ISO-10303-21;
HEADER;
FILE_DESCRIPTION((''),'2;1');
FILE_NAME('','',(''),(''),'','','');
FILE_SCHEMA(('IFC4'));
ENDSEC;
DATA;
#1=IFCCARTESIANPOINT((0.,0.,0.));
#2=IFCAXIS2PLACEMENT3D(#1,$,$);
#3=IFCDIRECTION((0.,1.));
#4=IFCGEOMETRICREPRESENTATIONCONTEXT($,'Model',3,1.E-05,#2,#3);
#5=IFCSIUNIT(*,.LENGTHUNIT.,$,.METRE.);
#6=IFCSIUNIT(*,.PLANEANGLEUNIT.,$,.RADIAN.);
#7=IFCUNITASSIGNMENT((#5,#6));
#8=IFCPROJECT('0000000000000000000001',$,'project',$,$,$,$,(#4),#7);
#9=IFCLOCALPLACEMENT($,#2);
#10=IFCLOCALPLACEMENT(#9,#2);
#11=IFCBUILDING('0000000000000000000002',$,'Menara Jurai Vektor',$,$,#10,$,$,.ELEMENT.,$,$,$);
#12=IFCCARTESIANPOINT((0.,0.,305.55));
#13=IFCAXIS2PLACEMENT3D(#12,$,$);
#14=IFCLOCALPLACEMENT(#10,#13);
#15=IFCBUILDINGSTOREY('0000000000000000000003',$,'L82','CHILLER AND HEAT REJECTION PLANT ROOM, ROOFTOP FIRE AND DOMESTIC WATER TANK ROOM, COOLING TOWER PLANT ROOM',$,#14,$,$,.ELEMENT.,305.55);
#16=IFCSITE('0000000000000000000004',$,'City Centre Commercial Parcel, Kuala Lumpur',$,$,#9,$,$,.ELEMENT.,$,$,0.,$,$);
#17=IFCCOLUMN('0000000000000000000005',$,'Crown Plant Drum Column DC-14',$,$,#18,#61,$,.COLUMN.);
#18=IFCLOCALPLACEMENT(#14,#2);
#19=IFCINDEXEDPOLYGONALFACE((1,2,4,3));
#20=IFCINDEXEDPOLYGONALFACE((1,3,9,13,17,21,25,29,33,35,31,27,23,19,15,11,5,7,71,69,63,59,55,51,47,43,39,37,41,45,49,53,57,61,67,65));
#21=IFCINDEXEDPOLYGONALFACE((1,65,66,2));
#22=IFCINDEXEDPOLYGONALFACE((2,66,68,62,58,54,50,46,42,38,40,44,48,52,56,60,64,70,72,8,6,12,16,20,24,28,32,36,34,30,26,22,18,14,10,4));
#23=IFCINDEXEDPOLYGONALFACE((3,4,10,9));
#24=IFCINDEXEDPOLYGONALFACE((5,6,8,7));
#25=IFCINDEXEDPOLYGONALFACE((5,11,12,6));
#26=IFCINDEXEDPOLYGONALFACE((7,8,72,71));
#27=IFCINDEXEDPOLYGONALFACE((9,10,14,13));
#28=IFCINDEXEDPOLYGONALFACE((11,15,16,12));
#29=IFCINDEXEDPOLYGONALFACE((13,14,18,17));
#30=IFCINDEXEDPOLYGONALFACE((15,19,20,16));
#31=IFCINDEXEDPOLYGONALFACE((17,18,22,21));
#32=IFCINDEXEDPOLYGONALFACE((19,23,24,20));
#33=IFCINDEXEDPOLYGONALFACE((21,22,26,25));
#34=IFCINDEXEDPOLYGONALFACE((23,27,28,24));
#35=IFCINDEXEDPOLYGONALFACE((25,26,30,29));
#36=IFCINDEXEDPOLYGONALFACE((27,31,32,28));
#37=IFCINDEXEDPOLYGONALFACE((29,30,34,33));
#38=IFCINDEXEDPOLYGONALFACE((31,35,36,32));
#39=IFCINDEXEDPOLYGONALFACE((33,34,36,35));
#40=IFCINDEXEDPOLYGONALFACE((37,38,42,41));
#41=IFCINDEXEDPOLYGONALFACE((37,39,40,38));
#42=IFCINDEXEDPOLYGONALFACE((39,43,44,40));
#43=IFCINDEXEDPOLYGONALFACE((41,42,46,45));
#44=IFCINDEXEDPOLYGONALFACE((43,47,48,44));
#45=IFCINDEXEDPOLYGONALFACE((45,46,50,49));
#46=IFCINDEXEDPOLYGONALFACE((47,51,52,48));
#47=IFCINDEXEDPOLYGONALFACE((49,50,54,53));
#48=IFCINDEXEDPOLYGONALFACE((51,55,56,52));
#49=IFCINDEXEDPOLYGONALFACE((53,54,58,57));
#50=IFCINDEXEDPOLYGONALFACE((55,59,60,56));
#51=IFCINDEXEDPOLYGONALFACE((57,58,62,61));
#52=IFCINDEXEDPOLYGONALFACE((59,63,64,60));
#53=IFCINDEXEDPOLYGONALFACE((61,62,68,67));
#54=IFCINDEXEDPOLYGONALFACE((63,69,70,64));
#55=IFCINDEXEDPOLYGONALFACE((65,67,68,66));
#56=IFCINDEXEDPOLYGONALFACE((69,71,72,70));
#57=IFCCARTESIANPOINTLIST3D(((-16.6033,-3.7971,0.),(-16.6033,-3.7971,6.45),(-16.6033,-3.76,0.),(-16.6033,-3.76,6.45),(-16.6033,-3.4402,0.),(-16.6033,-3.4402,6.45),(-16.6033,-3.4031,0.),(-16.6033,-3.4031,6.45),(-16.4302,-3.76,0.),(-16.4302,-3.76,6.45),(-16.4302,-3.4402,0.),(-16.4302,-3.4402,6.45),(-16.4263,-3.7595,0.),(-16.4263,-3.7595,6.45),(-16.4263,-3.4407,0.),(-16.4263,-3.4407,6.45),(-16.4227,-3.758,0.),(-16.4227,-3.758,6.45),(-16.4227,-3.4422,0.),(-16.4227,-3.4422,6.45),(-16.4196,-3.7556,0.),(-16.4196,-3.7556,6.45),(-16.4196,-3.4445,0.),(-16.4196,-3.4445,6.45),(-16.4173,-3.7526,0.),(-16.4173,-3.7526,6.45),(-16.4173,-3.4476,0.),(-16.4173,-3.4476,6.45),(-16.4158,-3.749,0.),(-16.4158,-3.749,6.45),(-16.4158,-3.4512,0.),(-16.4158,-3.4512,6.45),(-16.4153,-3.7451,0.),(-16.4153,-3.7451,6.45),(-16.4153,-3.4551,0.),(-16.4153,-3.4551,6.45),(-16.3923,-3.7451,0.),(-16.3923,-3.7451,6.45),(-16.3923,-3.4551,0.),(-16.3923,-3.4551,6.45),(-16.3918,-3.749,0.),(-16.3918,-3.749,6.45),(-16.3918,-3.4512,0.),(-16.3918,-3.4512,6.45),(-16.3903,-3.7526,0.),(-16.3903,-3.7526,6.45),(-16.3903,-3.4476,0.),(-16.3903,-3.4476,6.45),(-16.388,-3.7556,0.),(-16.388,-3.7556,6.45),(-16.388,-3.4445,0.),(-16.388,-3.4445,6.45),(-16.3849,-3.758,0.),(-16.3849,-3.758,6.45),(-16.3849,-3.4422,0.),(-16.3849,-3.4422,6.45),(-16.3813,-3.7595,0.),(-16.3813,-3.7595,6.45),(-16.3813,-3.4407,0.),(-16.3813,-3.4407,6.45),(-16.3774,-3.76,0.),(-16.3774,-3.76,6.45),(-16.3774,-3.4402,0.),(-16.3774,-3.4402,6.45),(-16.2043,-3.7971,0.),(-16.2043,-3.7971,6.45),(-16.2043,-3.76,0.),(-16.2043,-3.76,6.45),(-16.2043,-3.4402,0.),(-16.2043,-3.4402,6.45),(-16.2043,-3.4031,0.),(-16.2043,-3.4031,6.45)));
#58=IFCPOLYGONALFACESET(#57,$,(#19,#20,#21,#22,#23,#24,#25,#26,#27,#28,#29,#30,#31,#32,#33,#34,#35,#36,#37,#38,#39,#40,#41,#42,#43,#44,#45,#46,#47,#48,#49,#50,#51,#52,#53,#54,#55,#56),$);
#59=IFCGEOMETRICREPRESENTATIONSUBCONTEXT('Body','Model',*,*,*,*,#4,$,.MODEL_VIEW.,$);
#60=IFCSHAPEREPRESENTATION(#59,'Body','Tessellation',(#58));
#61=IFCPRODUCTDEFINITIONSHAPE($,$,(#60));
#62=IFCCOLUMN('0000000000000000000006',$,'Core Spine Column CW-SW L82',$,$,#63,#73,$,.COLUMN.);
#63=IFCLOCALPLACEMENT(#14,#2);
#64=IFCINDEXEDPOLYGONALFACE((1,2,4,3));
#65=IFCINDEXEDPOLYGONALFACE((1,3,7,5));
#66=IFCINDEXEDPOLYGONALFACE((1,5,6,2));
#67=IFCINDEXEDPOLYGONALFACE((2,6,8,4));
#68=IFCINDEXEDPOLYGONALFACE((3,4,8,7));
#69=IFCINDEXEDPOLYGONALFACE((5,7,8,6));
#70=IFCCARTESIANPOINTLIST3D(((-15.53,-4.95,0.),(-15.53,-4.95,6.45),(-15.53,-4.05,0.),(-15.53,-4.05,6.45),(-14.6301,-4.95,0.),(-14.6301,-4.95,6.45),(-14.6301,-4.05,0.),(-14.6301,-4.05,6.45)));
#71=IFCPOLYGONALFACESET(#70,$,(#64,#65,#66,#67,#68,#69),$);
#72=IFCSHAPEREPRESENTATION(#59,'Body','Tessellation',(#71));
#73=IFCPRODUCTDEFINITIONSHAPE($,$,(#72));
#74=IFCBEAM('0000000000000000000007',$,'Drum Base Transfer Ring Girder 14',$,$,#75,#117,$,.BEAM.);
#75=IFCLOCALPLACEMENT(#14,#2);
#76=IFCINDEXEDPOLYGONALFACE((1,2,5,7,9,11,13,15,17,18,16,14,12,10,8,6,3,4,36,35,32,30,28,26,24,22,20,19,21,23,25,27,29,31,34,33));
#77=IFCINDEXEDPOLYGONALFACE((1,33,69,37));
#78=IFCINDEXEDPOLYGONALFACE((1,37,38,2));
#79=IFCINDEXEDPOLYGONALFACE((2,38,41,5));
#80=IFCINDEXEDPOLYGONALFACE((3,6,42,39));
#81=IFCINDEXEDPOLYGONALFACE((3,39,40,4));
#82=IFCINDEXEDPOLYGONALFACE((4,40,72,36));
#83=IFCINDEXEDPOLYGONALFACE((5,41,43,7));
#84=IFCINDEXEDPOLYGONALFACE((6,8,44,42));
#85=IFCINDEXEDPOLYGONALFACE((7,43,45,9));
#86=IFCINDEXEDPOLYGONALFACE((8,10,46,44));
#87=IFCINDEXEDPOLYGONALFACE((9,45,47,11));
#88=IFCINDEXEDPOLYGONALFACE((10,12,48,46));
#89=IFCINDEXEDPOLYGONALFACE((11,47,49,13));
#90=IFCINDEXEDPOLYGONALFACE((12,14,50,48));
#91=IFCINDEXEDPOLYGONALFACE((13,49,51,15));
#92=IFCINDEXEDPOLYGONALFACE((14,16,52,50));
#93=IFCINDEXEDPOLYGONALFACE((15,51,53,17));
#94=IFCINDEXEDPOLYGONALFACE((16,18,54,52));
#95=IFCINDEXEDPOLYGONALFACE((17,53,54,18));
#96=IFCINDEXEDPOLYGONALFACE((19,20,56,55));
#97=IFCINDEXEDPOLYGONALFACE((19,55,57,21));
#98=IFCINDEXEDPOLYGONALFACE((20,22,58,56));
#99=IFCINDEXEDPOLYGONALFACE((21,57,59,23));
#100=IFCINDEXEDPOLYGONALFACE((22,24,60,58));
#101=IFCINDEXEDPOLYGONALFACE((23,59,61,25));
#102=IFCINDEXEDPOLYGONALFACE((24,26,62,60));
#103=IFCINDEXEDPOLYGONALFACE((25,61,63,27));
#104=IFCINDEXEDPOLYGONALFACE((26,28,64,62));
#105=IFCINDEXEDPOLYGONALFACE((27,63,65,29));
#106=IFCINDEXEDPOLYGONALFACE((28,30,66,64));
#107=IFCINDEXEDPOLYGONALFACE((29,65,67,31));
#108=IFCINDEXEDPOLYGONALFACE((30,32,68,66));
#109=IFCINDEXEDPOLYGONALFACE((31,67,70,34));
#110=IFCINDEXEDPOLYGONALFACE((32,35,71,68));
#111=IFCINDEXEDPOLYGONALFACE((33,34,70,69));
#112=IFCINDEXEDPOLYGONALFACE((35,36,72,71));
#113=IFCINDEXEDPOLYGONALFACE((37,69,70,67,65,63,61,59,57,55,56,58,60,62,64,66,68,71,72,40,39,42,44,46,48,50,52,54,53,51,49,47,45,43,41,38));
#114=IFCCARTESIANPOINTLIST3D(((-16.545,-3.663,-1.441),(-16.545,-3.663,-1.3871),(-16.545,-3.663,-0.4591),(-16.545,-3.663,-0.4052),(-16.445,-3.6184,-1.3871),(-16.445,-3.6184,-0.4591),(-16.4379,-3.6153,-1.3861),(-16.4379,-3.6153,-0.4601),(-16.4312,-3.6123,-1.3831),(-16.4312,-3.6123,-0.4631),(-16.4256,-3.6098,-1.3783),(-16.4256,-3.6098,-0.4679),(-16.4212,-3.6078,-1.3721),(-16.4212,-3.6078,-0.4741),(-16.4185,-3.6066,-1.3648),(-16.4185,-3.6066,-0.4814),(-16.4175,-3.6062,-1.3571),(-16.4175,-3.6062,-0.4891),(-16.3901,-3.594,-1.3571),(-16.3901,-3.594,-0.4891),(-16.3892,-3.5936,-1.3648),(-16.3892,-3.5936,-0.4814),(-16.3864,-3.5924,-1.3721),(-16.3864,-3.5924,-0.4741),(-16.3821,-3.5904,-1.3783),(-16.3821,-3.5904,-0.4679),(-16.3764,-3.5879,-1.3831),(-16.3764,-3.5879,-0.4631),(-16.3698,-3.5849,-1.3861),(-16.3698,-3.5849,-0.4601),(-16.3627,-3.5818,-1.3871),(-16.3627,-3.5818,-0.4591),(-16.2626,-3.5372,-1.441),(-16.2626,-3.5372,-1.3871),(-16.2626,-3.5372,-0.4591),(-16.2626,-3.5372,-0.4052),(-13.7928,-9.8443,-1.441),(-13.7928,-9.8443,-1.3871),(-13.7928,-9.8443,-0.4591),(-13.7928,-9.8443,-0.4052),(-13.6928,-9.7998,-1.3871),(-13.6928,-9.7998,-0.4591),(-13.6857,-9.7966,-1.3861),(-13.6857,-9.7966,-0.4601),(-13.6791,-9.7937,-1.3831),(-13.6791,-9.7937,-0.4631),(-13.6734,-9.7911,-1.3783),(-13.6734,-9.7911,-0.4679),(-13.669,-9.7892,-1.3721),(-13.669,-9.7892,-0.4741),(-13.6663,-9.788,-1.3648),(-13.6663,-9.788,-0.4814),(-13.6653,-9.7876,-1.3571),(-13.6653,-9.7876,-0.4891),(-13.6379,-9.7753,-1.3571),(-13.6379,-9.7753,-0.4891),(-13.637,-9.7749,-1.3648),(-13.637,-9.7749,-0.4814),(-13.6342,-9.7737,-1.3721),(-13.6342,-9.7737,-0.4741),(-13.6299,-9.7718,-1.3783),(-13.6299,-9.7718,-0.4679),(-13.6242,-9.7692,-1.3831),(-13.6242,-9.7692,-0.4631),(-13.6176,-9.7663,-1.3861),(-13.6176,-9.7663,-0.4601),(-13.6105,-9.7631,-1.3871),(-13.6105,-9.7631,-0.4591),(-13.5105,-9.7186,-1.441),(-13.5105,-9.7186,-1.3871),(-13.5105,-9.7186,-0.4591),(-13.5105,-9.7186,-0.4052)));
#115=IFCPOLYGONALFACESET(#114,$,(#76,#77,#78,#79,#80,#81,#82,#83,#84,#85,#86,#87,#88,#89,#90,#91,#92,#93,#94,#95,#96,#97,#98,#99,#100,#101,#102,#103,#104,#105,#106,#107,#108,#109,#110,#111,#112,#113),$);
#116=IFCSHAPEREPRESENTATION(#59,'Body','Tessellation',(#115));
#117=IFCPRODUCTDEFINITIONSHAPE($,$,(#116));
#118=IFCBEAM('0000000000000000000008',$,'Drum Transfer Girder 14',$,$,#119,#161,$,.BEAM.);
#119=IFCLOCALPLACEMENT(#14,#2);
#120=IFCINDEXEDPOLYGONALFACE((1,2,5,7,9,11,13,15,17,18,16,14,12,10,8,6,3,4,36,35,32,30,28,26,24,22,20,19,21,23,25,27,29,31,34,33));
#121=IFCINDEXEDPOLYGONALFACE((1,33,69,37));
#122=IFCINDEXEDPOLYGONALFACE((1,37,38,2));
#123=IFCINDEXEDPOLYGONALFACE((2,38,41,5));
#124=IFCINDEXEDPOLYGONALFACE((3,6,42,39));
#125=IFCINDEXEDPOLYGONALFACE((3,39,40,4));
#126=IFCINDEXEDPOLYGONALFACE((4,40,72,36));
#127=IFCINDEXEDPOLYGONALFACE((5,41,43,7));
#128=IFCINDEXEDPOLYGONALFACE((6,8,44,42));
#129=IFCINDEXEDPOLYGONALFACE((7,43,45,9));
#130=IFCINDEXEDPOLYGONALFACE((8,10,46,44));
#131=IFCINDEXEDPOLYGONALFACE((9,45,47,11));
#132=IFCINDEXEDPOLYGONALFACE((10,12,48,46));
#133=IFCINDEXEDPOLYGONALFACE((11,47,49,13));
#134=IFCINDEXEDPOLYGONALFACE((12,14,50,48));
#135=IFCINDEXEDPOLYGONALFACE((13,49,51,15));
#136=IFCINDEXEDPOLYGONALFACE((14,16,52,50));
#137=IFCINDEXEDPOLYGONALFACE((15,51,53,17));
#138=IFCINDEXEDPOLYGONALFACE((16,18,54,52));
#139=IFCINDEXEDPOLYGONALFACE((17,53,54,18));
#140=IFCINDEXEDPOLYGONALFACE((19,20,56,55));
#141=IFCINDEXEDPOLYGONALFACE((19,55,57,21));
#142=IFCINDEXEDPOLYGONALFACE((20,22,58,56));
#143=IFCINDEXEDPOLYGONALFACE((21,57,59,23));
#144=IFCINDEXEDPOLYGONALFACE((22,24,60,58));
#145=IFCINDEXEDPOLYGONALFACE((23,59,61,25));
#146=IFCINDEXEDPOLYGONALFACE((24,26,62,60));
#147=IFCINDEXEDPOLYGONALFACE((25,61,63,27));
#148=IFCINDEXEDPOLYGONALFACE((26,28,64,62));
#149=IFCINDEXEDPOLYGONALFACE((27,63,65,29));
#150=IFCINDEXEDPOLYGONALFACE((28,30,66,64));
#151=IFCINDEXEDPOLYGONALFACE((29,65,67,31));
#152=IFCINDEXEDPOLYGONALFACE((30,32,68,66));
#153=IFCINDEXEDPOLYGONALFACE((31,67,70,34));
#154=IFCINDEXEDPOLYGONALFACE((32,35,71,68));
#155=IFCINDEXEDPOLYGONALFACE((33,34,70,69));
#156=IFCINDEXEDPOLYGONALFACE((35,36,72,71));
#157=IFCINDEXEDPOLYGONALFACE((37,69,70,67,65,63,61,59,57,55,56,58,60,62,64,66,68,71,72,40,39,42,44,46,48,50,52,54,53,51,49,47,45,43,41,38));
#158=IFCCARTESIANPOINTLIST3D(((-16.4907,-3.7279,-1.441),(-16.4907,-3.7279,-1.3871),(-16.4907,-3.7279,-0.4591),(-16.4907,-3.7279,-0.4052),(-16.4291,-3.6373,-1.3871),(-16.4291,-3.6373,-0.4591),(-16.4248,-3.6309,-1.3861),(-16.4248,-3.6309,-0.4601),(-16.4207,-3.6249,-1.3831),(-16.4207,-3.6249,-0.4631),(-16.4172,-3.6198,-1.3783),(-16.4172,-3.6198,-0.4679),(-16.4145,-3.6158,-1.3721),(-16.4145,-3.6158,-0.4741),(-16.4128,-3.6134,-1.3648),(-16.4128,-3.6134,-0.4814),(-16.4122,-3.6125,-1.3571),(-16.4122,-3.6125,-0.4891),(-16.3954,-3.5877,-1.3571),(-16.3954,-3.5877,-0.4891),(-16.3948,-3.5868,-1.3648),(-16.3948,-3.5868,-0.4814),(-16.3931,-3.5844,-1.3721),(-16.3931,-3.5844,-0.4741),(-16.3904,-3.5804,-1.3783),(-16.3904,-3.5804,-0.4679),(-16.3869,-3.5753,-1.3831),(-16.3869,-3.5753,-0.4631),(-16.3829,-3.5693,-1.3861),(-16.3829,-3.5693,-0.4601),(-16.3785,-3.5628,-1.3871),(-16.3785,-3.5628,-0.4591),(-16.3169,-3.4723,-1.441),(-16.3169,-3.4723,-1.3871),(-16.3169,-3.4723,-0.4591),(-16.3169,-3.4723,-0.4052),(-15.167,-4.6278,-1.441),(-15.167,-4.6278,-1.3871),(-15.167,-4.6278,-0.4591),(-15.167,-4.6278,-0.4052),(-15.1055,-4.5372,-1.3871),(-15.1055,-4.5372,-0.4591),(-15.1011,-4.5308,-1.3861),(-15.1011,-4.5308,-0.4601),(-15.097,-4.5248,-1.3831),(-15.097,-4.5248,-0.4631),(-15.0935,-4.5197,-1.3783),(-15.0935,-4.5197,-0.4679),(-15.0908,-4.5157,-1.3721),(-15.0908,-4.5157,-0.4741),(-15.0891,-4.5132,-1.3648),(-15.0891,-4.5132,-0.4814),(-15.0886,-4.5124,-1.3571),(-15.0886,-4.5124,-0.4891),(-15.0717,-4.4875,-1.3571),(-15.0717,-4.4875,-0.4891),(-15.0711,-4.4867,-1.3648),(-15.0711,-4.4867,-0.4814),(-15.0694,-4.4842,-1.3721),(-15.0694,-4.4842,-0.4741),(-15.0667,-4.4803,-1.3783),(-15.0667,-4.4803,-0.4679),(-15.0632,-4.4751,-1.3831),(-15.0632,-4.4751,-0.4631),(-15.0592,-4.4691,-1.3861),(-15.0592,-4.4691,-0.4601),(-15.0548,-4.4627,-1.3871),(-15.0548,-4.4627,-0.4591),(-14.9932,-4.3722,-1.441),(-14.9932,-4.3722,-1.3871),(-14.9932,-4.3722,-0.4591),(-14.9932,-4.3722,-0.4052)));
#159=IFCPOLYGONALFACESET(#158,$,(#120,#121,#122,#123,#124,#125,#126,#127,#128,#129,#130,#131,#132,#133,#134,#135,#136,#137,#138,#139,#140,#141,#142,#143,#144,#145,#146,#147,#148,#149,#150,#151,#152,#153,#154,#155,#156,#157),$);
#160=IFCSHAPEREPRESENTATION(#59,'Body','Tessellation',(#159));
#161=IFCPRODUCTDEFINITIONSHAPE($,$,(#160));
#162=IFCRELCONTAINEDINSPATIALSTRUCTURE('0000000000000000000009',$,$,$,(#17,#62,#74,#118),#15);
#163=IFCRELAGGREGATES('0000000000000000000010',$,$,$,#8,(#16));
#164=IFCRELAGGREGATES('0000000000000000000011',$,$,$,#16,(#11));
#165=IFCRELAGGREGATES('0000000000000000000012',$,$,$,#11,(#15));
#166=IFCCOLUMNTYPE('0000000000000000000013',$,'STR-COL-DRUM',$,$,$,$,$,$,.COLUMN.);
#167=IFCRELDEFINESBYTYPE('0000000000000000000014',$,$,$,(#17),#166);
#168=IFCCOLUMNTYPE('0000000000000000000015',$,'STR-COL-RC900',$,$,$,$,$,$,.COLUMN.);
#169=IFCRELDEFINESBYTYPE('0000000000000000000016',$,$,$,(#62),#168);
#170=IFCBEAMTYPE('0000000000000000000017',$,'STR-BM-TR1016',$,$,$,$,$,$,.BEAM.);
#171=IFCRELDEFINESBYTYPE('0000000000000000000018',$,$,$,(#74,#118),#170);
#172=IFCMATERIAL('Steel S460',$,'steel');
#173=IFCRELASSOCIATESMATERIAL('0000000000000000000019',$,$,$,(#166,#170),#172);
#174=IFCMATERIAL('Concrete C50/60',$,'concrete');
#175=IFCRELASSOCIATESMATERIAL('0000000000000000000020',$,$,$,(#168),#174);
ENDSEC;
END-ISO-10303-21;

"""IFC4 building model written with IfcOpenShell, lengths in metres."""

from ifc_helpers import new_model, si_unit, direction, frame, origin, origin_2d, place, context, subcontext, project, spatial, rectangle, i_section, extrude, material, material_profile, profile_set, type_object, element, save


model = new_model("IFC4")

# Units and contexts
model_context = context("Model", 3, precision=1e-05, world=origin(), true_north=direction((0.0, 1.0)))
body_context = subcontext(model_context, "Body", "Model", "MODEL_VIEW")
ifc_project = project(units=[si_unit("LENGTHUNIT", "METRE"), si_unit("PLANEANGLEUNIT", "RADIAN")], contexts=[model_context])

# Site, building, storey
site_placement = place(None, origin())
site = spatial("IfcSite", under=ifc_project, at=site_placement, Name="City Centre Commercial Parcel, Kuala Lumpur", CompositionType="ELEMENT", RefElevation=0.0)
building_placement = place(site_placement, origin())
building = spatial("IfcBuilding", under=site, at=building_placement, Name="Menara Jurai Vektor", CompositionType="ELEMENT")
storey_placement = place(building_placement, frame((0.0, 0.0, 305.55)))
storey = spatial("IfcBuildingStorey", under=building, at=storey_placement, Name="L82", Description="CHILLER AND HEAT REJECTION PLANT ROOM, ROOFTOP FIRE AND DOMESTIC WATER TANK ROOM, COOLING TOWER PLANT ROOM", CompositionType="ELEMENT", Elevation=305.55)

# Columns
ifc_material_1 = material(Name="Steel S460", Category="steel")
ifc_material_profile_1 = material_profile(ifc_material_1, i_section(OverallWidth=0.3989, OverallDepth=0.394, WebThickness=0.0229, FlangeThickness=0.0371, FilletRadius=0.0149, at=origin_2d()), Name="UKC 356x406x287")
ifc_profile_set_1 = profile_set([ifc_material_profile_1], Name="Steel S460")
column_type_1 = type_object("IfcColumnType", Name="STR-COL-DRUM", PredefinedType="COLUMN", material=ifc_profile_set_1)
column_1_placement = place(storey_placement, frame((-16.4038, -3.6001, 0.0), z_axis=(0.0, 0.0, 1.0), x_axis=(1.0, 0.0, 0.0)))
element("IfcColumn", 1, at=column_1_placement, inside=storey, type_object=column_type_1, Name="Crown Plant Drum Column DC-14", PredefinedType="COLUMN", context=body_context, shape_type="SweptSolid", body=[
    extrude(i_section(OverallWidth=0.3989, OverallDepth=0.394, WebThickness=0.0229, FlangeThickness=0.0371, FilletRadius=0.0149, at=origin_2d()), origin(), (0.0, 0.0, 1.0), 6.45),
])
ifc_material_2 = material(Name="Concrete C50/60", Category="concrete")
ifc_material_profile_2 = material_profile(ifc_material_2, rectangle(XDim=0.8999, YDim=0.8999, at=origin_2d()), Name="RC 900x900")
ifc_profile_set_2 = profile_set([ifc_material_profile_2], Name="Concrete C50/60")
column_type_2 = type_object("IfcColumnType", Name="STR-COL-RC900", PredefinedType="COLUMN", material=ifc_profile_set_2)
column_2_placement = place(storey_placement, frame((-15.0801, -4.5, 0.0), z_axis=(0.0, 0.0, 1.0), x_axis=(1.0, 0.0, 0.0)))
element("IfcColumn", 2, at=column_2_placement, inside=storey, type_object=column_type_2, Name="Core Spine Column CW-SW L82", PredefinedType="COLUMN", context=body_context, shape_type="SweptSolid", body=[
    extrude(rectangle(XDim=0.8999, YDim=0.8999, at=origin_2d()), origin(), (0.0, 0.0, 1.0), 6.45),
])

# Beams
ifc_material_profile_3 = material_profile(ifc_material_1, i_section(OverallWidth=0.3091, OverallDepth=1.0359, WebThickness=0.03, FlangeThickness=0.054, FilletRadius=0.03, at=origin_2d()), Name="UKB 1016x305x487")
ifc_profile_set_3 = profile_set([ifc_material_profile_3], Name="Steel S460")
beam_type_1 = type_object("IfcBeamType", Name="STR-BM-TR1016", PredefinedType="BEAM", material=ifc_profile_set_3)
beam_1_placement = place(storey_placement, frame((-16.4038, -3.6001, -0.9231), z_axis=(0.406744, -0.913542, 0.0), x_axis=(0.913542, 0.406744, 0.0)))
element("IfcBeam", 3, at=beam_1_placement, inside=storey, type_object=beam_type_1, Name="Drum Base Transfer Ring Girder 14", PredefinedType="BEAM", context=body_context, shape_type="SweptSolid", body=[
    extrude(i_section(OverallWidth=0.3091, OverallDepth=1.0359, WebThickness=0.03, FlangeThickness=0.054, FilletRadius=0.03, at=origin_2d()), origin(), (0.0, 0.0, 1.0), 6.7664),
])
beam_2_placement = place(storey_placement, frame((-16.4038, -3.6001, -0.9231), z_axis=(0.826995, -0.56221, 0.0), x_axis=(0.56221, 0.826995, 0.0)))
element("IfcBeam", 4, at=beam_2_placement, inside=storey, type_object=beam_type_1, Name="Drum Transfer Girder 14", PredefinedType="BEAM", context=body_context, shape_type="SweptSolid", body=[
    extrude(i_section(OverallWidth=0.3091, OverallDepth=1.0359, WebThickness=0.03, FlangeThickness=0.054, FilletRadius=0.03, at=origin_2d()), origin(), (0.0, 0.0, 1.0), 1.6006),
])

save(model, "model.ifc")
